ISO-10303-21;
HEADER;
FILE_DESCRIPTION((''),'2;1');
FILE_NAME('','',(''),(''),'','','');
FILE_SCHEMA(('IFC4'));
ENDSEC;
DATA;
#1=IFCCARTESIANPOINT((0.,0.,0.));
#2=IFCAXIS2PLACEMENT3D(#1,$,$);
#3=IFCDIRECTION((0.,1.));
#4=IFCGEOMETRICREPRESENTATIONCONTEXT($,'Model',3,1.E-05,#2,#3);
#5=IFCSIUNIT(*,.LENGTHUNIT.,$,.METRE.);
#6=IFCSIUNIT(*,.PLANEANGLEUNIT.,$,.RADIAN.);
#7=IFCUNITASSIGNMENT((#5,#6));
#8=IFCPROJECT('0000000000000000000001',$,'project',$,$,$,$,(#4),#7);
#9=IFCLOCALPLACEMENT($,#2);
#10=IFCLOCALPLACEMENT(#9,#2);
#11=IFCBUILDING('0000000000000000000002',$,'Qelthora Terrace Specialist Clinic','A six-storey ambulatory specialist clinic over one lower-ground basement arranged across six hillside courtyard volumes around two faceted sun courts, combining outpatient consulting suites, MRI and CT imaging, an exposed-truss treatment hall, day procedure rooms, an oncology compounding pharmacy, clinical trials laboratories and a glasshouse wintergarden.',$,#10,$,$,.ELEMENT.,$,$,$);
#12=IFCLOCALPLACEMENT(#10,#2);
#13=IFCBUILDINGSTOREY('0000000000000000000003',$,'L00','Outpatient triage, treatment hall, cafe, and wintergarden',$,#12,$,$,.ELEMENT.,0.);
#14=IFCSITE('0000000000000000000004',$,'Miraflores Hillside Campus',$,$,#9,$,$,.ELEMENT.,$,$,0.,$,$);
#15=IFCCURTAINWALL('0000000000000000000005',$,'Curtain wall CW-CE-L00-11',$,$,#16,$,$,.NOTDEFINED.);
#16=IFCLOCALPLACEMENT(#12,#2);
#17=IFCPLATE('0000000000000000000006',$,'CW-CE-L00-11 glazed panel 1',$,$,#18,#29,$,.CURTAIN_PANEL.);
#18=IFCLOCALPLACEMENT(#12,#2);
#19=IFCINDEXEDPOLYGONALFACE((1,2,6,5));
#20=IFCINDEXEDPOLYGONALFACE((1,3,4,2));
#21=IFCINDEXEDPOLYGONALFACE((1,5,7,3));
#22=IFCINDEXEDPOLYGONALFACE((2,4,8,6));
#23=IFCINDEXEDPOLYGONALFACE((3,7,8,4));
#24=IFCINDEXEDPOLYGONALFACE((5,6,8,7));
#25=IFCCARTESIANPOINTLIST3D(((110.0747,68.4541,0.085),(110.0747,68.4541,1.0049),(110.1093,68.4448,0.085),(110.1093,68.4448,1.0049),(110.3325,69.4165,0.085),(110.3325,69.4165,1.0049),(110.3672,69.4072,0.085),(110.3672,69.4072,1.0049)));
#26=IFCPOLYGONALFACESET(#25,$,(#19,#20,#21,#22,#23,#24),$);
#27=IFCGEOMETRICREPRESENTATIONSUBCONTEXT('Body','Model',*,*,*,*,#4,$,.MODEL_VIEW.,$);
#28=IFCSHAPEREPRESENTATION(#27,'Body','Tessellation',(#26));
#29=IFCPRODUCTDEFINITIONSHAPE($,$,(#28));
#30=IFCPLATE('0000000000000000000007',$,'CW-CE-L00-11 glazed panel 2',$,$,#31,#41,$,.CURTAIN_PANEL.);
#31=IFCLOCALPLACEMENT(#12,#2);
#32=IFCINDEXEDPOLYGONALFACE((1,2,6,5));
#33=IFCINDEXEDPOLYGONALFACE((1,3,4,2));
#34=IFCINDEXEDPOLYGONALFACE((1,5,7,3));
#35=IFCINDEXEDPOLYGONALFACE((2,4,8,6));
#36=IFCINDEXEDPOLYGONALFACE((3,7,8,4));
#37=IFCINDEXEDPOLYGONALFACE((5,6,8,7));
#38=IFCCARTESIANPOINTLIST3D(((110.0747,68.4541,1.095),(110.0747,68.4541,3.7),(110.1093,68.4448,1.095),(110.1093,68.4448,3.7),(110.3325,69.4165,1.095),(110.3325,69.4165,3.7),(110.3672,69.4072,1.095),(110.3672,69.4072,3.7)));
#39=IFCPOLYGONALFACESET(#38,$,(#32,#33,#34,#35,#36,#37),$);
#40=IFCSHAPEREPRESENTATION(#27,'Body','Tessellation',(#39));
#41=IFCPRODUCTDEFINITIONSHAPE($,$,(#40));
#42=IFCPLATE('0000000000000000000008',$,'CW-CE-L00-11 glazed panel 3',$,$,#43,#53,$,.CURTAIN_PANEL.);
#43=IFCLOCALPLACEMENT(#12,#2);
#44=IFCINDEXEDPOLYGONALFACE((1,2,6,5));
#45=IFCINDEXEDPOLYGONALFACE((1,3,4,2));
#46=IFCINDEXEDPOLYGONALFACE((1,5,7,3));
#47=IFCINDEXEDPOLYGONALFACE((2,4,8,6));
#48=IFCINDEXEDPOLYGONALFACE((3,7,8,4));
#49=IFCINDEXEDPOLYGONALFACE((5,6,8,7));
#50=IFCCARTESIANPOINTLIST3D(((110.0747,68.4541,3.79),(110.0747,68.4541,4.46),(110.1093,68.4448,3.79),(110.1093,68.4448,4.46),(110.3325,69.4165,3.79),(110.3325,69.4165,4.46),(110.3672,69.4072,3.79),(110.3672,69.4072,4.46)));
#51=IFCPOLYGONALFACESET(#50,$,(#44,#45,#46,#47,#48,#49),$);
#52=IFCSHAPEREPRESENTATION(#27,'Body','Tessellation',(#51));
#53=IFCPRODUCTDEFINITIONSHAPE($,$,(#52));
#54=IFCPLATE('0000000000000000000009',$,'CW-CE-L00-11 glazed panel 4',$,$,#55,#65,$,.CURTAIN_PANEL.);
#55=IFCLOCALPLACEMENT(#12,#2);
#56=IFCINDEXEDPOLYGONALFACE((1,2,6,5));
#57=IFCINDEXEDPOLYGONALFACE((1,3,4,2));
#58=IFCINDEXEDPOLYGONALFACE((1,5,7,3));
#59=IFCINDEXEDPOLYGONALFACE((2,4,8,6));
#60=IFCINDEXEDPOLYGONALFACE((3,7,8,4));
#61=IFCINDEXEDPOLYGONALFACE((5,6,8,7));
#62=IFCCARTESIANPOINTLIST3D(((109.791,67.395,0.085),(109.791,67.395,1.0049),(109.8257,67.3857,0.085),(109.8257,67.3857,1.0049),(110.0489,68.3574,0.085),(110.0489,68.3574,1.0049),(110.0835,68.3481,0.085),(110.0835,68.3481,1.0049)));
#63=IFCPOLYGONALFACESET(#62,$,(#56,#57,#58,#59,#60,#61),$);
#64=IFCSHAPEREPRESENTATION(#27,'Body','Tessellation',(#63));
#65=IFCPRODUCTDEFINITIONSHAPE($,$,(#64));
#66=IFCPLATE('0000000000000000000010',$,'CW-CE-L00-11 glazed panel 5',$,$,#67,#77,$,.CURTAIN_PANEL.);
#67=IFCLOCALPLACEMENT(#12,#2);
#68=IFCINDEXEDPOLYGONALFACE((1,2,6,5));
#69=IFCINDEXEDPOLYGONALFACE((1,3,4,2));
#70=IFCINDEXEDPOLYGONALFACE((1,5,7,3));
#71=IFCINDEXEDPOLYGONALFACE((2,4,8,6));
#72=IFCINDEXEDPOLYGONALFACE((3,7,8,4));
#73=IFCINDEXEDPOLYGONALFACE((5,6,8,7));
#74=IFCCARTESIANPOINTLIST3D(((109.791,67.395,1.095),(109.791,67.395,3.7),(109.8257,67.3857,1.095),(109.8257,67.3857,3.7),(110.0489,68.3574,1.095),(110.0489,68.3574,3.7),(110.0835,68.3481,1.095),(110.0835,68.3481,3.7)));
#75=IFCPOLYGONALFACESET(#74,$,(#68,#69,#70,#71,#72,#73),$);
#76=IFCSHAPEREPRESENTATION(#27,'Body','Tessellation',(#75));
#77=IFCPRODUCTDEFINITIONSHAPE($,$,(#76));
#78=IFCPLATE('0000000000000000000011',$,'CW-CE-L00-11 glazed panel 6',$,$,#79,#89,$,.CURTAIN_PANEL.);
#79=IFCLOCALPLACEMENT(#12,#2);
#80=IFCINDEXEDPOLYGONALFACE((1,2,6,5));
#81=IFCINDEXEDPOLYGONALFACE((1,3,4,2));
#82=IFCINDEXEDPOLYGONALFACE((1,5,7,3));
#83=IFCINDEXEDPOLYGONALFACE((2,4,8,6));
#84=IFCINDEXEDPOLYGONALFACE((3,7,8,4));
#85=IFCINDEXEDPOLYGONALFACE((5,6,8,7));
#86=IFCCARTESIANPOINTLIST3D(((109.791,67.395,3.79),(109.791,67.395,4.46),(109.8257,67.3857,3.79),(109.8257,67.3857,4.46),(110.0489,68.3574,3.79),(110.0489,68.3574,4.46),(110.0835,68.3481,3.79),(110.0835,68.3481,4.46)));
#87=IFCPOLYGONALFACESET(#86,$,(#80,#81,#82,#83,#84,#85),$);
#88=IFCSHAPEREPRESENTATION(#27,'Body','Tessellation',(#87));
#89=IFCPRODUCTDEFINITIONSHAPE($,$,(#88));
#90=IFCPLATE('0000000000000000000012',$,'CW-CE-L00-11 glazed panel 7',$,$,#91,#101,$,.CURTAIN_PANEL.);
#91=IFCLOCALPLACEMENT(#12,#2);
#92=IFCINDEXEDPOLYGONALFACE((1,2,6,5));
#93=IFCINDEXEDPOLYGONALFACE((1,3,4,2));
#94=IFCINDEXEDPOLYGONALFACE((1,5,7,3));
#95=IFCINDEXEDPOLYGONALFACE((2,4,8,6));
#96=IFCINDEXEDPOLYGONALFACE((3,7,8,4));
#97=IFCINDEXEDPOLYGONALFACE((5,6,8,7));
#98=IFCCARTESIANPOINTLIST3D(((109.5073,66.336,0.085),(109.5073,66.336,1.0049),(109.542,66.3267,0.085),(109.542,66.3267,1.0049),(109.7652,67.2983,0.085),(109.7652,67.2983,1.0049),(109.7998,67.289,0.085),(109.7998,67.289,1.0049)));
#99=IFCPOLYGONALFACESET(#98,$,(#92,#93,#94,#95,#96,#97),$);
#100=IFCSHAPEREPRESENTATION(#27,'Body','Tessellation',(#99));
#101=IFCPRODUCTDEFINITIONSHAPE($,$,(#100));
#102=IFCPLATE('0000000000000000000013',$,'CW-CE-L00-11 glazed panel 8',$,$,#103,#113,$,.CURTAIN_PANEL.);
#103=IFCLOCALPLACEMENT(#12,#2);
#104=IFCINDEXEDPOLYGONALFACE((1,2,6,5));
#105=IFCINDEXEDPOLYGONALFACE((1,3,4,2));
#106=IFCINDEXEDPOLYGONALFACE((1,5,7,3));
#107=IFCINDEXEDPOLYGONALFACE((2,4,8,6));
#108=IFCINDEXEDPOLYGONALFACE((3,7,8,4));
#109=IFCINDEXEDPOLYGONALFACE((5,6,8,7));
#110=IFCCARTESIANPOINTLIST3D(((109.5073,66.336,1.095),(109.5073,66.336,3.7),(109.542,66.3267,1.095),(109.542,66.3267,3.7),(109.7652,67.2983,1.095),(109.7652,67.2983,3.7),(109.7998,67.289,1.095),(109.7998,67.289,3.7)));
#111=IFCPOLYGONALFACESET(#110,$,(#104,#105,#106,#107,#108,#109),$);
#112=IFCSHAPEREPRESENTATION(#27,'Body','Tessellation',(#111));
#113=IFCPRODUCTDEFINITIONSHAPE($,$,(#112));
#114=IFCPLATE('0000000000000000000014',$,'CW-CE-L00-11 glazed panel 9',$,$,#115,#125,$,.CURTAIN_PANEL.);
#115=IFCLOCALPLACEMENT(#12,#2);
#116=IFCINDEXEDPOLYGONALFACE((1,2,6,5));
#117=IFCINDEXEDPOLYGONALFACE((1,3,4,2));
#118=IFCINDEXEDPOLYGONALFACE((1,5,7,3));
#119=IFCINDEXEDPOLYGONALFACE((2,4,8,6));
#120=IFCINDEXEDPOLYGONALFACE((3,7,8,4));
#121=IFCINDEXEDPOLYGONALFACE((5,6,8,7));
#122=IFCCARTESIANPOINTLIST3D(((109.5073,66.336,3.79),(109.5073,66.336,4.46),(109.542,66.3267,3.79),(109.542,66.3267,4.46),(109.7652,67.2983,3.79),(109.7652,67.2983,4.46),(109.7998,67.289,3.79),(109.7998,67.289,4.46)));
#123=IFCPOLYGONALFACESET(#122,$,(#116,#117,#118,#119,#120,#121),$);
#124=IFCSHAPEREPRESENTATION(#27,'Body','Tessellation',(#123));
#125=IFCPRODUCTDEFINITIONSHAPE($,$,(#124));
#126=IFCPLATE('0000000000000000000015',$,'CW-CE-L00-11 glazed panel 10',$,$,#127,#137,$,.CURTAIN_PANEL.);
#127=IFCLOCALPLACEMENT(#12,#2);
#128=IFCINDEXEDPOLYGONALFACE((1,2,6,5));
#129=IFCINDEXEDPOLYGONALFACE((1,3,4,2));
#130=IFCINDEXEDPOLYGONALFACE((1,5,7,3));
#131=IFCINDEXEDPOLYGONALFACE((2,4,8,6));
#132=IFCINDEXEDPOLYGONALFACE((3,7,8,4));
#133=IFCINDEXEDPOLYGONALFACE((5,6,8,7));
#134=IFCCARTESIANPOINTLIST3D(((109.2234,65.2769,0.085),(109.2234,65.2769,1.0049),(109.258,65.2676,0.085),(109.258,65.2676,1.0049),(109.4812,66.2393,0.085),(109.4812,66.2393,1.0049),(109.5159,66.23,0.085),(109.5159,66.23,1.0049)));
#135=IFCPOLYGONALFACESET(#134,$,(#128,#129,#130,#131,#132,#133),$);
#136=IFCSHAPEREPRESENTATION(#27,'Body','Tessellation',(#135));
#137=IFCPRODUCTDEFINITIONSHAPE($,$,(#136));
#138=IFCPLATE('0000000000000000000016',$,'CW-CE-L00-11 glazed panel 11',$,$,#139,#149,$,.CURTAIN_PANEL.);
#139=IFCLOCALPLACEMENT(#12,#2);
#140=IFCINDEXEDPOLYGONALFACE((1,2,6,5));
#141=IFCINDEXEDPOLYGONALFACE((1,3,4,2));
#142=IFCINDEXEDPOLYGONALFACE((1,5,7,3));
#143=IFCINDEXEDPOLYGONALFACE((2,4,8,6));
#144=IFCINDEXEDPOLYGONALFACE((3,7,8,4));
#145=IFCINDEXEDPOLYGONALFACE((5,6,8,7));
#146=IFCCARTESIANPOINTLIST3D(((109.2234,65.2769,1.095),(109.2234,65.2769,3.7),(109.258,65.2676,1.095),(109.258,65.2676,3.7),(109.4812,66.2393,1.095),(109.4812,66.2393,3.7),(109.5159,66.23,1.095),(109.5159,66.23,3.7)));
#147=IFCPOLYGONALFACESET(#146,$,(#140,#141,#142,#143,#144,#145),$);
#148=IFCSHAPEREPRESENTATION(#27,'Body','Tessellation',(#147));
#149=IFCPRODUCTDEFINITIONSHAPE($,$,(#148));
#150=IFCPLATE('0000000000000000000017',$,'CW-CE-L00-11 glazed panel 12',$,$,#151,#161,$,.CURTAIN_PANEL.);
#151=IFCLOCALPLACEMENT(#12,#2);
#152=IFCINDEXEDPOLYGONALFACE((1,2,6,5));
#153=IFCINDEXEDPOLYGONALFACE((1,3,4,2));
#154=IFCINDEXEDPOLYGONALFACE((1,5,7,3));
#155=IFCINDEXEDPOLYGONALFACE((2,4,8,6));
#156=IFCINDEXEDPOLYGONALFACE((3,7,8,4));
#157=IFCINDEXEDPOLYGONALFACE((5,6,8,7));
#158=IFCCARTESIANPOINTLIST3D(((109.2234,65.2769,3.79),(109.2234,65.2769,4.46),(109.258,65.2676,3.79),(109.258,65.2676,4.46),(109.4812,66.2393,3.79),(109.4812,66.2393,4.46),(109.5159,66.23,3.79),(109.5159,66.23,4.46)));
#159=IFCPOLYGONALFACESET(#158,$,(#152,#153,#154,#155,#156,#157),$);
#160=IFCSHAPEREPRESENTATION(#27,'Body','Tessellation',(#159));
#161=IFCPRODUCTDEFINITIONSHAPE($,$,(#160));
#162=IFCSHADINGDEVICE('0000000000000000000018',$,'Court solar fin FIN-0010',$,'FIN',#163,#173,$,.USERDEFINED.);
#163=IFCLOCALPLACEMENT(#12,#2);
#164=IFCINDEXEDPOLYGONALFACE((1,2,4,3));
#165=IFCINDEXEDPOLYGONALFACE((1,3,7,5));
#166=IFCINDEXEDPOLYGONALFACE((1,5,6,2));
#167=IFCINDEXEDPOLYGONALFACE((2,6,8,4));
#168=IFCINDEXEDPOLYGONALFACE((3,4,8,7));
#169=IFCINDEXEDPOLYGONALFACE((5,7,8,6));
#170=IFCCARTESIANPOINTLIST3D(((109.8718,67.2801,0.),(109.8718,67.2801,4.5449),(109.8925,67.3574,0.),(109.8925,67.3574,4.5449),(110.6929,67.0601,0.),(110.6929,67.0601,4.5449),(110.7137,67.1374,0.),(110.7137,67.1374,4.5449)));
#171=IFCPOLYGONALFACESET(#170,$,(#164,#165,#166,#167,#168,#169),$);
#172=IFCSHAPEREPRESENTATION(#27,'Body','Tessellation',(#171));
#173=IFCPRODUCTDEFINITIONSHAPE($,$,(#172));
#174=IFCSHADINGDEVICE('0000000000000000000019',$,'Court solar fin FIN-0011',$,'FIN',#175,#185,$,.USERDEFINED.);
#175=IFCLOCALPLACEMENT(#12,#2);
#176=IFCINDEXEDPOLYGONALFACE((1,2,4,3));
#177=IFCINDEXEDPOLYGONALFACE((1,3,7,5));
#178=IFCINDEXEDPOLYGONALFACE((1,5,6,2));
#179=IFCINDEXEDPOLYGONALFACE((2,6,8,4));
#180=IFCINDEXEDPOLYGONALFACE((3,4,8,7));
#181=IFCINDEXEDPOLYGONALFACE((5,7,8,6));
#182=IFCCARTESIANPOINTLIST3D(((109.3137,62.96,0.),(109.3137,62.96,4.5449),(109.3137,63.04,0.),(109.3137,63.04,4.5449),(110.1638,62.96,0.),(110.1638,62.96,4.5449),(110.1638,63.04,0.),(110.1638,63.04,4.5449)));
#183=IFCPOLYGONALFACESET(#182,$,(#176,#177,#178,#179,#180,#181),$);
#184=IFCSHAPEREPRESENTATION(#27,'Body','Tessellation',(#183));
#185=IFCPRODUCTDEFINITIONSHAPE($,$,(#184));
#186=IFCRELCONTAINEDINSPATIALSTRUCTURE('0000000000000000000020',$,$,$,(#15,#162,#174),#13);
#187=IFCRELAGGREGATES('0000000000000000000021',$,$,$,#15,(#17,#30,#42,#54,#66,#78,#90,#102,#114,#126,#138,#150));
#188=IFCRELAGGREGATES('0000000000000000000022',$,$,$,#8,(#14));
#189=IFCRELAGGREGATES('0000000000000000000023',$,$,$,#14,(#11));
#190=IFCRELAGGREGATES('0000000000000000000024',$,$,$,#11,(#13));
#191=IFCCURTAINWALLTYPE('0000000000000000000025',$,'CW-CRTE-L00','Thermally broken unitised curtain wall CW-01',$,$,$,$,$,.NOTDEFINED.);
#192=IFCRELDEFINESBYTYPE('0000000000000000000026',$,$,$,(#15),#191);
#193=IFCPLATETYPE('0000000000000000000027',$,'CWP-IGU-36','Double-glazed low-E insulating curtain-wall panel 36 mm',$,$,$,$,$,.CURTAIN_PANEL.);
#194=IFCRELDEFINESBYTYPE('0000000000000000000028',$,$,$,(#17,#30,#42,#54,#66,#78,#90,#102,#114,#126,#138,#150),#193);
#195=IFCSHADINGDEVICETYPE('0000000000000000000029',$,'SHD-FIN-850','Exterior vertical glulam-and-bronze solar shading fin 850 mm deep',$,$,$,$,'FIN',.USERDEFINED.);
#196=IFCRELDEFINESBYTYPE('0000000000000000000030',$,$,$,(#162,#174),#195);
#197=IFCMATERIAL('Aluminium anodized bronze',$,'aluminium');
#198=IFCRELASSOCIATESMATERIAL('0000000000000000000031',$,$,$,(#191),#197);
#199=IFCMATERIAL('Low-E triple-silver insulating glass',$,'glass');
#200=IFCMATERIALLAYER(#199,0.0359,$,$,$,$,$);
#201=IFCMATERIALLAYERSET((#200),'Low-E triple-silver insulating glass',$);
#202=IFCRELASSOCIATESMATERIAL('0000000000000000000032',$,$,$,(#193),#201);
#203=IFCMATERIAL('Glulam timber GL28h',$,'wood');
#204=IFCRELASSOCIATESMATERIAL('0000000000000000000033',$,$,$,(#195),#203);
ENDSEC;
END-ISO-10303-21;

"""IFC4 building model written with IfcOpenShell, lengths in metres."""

from ifc_helpers import new_model, si_unit, direction, frame, origin, origin_2d, place, context, subcontext, project, spatial, rectangle, extrude, material, layer, layer_set, type_object, element, aggregate, save


model = new_model("IFC4")

# Units and contexts
model_context = context("Model", 3, precision=1e-05, world=origin(), true_north=direction((0.0, 1.0)))
body_context = subcontext(model_context, "Body", "Model", "MODEL_VIEW")
ifc_project = project(units=[si_unit("LENGTHUNIT", "METRE"), si_unit("PLANEANGLEUNIT", "RADIAN")], contexts=[model_context])

# Site, building, storey
site_placement = place(None, origin())
site = spatial("IfcSite", under=ifc_project, at=site_placement, Name="Miraflores Hillside Campus", CompositionType="ELEMENT", RefElevation=0.0)
building_placement = place(site_placement, origin())
building = spatial("IfcBuilding", under=site, at=building_placement, Name="Qelthora Terrace Specialist Clinic", Description="A six-storey ambulatory specialist clinic over one lower-ground basement arranged across six hillside courtyard volumes around two faceted sun courts, combining outpatient consulting suites, MRI and CT imaging, an exposed-truss treatment hall, day procedure rooms, an oncology compounding pharmacy, clinical trials laboratories and a glasshouse wintergarden.", CompositionType="ELEMENT")
storey_placement = place(building_placement, origin())
storey = spatial("IfcBuildingStorey", under=building, at=storey_placement, Name="L00", Description="Outpatient triage, treatment hall, cafe, and wintergarden", CompositionType="ELEMENT", Elevation=0.0)

# Curtain wall
ifc_material_1 = material(Name="Aluminium anodized bronze", Category="aluminium")
curtain_wall_type = type_object("IfcCurtainWallType", Name="CW-CRTE-L00", Description="Thermally broken unitised curtain wall CW-01", PredefinedType="NOTDEFINED", material=ifc_material_1)
curtain_wall_1_placement = place(storey_placement, origin())
curtain_wall_1 = element("IfcCurtainWall", 1, at=curtain_wall_1_placement, inside=storey, type_object=curtain_wall_type, Name="Curtain wall CW-CE-L00-11", PredefinedType="NOTDEFINED")

# Plates
ifc_material_2 = material(Name="Low-E triple-silver insulating glass", Category="glass")
ifc_layer = layer(ifc_material_2, 0.0359)
ifc_layer_set = layer_set([ifc_layer], Name="Low-E triple-silver insulating glass")
plate_type = type_object("IfcPlateType", Name="CWP-IGU-36", Description="Double-glazed low-E insulating curtain-wall panel 36 mm", PredefinedType="CURTAIN_PANEL", material=ifc_layer_set)
plate_1_placement = place(storey_placement, frame((110.2209, 68.9307, 0.085), z_axis=(0.0, 0.0, 1.0), x_axis=(-0.258819, -0.965926, 0.0)))
plate_1 = element("IfcPlate", 2, at=plate_1_placement, type_object=plate_type, Name="CW-CE-L00-11 glazed panel 1", PredefinedType="CURTAIN_PANEL", context=body_context, shape_type="SweptSolid", body=[
    extrude(rectangle(XDim=0.9963, YDim=0.0359, at=origin_2d()), origin(), (0.0, 0.0, 1.0), 0.9199),
])
plate_2_placement = place(storey_placement, frame((110.2209, 68.9307, 1.095), z_axis=(0.0, 0.0, 1.0), x_axis=(-0.258819, -0.965926, 0.0)))
plate_2 = element("IfcPlate", 3, at=plate_2_placement, type_object=plate_type, Name="CW-CE-L00-11 glazed panel 2", PredefinedType="CURTAIN_PANEL", context=body_context, shape_type="SweptSolid", body=[
    extrude(rectangle(XDim=0.9963, YDim=0.0359, at=origin_2d()), origin(), (0.0, 0.0, 1.0), 2.605),
])
plate_3_placement = place(storey_placement, frame((110.2209, 68.9307, 3.79), z_axis=(0.0, 0.0, 1.0), x_axis=(-0.258819, -0.965926, 0.0)))
plate_3 = element("IfcPlate", 4, at=plate_3_placement, type_object=plate_type, Name="CW-CE-L00-11 glazed panel 3", PredefinedType="CURTAIN_PANEL", context=body_context, shape_type="SweptSolid", body=[
    extrude(rectangle(XDim=0.9963, YDim=0.0359, at=origin_2d()), origin(), (0.0, 0.0, 1.0), 0.6699),
])
plate_4_placement = place(storey_placement, frame((109.9373, 67.8716, 0.085), z_axis=(0.0, 0.0, 1.0), x_axis=(-0.258819, -0.965926, 0.0)))
plate_4 = element("IfcPlate", 5, at=plate_4_placement, type_object=plate_type, Name="CW-CE-L00-11 glazed panel 4", PredefinedType="CURTAIN_PANEL", context=body_context, shape_type="SweptSolid", body=[
    extrude(rectangle(XDim=0.9963, YDim=0.0359, at=origin_2d()), origin(), (0.0, 0.0, 1.0), 0.9199),
])
plate_5_placement = place(storey_placement, frame((109.9373, 67.8716, 1.095), z_axis=(0.0, 0.0, 1.0), x_axis=(-0.258819, -0.965926, 0.0)))
plate_5 = element("IfcPlate", 6, at=plate_5_placement, type_object=plate_type, Name="CW-CE-L00-11 glazed panel 5", PredefinedType="CURTAIN_PANEL", context=body_context, shape_type="SweptSolid", body=[
    extrude(rectangle(XDim=0.9963, YDim=0.0359, at=origin_2d()), origin(), (0.0, 0.0, 1.0), 2.605),
])
plate_6_placement = place(storey_placement, frame((109.9373, 67.8716, 3.79), z_axis=(0.0, 0.0, 1.0), x_axis=(-0.258819, -0.965926, 0.0)))
plate_6 = element("IfcPlate", 7, at=plate_6_placement, type_object=plate_type, Name="CW-CE-L00-11 glazed panel 6", PredefinedType="CURTAIN_PANEL", context=body_context, shape_type="SweptSolid", body=[
    extrude(rectangle(XDim=0.9963, YDim=0.0359, at=origin_2d()), origin(), (0.0, 0.0, 1.0), 0.6699),
])
plate_7_placement = place(storey_placement, frame((109.6536, 66.8125, 0.085), z_axis=(0.0, 0.0, 1.0), x_axis=(-0.258819, -0.965926, 0.0)))
plate_7 = element("IfcPlate", 8, at=plate_7_placement, type_object=plate_type, Name="CW-CE-L00-11 glazed panel 7", PredefinedType="CURTAIN_PANEL", context=body_context, shape_type="SweptSolid", body=[
    extrude(rectangle(XDim=0.9963, YDim=0.0359, at=origin_2d()), origin(), (0.0, 0.0, 1.0), 0.9199),
])
plate_8_placement = place(storey_placement, frame((109.6536, 66.8125, 1.095), z_axis=(0.0, 0.0, 1.0), x_axis=(-0.258819, -0.965926, 0.0)))
plate_8 = element("IfcPlate", 9, at=plate_8_placement, type_object=plate_type, Name="CW-CE-L00-11 glazed panel 8", PredefinedType="CURTAIN_PANEL", context=body_context, shape_type="SweptSolid", body=[
    extrude(rectangle(XDim=0.9963, YDim=0.0359, at=origin_2d()), origin(), (0.0, 0.0, 1.0), 2.605),
])
plate_9_placement = place(storey_placement, frame((109.6536, 66.8125, 3.79), z_axis=(0.0, 0.0, 1.0), x_axis=(-0.258819, -0.965926, 0.0)))
plate_9 = element("IfcPlate", 10, at=plate_9_placement, type_object=plate_type, Name="CW-CE-L00-11 glazed panel 9", PredefinedType="CURTAIN_PANEL", context=body_context, shape_type="SweptSolid", body=[
    extrude(rectangle(XDim=0.9963, YDim=0.0359, at=origin_2d()), origin(), (0.0, 0.0, 1.0), 0.6699),
])
plate_10_placement = place(storey_placement, frame((109.3696, 65.7534, 0.085), z_axis=(0.0, 0.0, 1.0), x_axis=(-0.258819, -0.965926, 0.0)))
plate_10 = element("IfcPlate", 11, at=plate_10_placement, type_object=plate_type, Name="CW-CE-L00-11 glazed panel 10", PredefinedType="CURTAIN_PANEL", context=body_context, shape_type="SweptSolid", body=[
    extrude(rectangle(XDim=0.9963, YDim=0.0359, at=origin_2d()), origin(), (0.0, 0.0, 1.0), 0.9199),
])
plate_11_placement = place(storey_placement, frame((109.3696, 65.7534, 1.095), z_axis=(0.0, 0.0, 1.0), x_axis=(-0.258819, -0.965926, 0.0)))
plate_11 = element("IfcPlate", 12, at=plate_11_placement, type_object=plate_type, Name="CW-CE-L00-11 glazed panel 11", PredefinedType="CURTAIN_PANEL", context=body_context, shape_type="SweptSolid", body=[
    extrude(rectangle(XDim=0.9963, YDim=0.0359, at=origin_2d()), origin(), (0.0, 0.0, 1.0), 2.605),
])
plate_12_placement = place(storey_placement, frame((109.3696, 65.7534, 3.79), z_axis=(0.0, 0.0, 1.0), x_axis=(-0.258819, -0.965926, 0.0)))
plate_12 = element("IfcPlate", 13, at=plate_12_placement, type_object=plate_type, Name="CW-CE-L00-11 glazed panel 12", PredefinedType="CURTAIN_PANEL", context=body_context, shape_type="SweptSolid", body=[
    extrude(rectangle(XDim=0.9963, YDim=0.0359, at=origin_2d()), origin(), (0.0, 0.0, 1.0), 0.6699),
])
aggregate(curtain_wall_1, [plate_1, plate_2, plate_3, plate_4, plate_5, plate_6, plate_7, plate_8, plate_9, plate_10, plate_11, plate_12])

# Shading devices
ifc_material_3 = material(Name="Glulam timber GL28h", Category="wood")
shading_device_type = type_object("IfcShadingDeviceType", Name="SHD-FIN-850", Description="Exterior vertical glulam-and-bronze solar shading fin 850 mm deep", ElementType="FIN", PredefinedType="USERDEFINED", material=ifc_material_3)
for number, where, z_axis, x_axis, name in (
    (14, (110.2927, 67.2087, 0.0), (0.0, 0.0, 1.0), (0.965926, -0.258819, 0.0), "Court solar fin FIN-0010"),
    (15, (109.7388, 63.0, 0.0), (0.0, 0.0, 1.0), (1.0, 0.0, 0.0), "Court solar fin FIN-0011"),
):
    element("IfcShadingDevice", number, at=place(storey_placement, frame(where, z_axis=z_axis, x_axis=x_axis)), inside=storey, type_object=shading_device_type, Name=name, ObjectType="FIN", PredefinedType="USERDEFINED", context=body_context, shape_type="SweptSolid", body=[
        extrude(rectangle(XDim=0.8501, YDim=0.0801, at=origin_2d()), origin(), (0.0, 0.0, 1.0), 4.5449),
    ])

save(model, "model.ifc")
